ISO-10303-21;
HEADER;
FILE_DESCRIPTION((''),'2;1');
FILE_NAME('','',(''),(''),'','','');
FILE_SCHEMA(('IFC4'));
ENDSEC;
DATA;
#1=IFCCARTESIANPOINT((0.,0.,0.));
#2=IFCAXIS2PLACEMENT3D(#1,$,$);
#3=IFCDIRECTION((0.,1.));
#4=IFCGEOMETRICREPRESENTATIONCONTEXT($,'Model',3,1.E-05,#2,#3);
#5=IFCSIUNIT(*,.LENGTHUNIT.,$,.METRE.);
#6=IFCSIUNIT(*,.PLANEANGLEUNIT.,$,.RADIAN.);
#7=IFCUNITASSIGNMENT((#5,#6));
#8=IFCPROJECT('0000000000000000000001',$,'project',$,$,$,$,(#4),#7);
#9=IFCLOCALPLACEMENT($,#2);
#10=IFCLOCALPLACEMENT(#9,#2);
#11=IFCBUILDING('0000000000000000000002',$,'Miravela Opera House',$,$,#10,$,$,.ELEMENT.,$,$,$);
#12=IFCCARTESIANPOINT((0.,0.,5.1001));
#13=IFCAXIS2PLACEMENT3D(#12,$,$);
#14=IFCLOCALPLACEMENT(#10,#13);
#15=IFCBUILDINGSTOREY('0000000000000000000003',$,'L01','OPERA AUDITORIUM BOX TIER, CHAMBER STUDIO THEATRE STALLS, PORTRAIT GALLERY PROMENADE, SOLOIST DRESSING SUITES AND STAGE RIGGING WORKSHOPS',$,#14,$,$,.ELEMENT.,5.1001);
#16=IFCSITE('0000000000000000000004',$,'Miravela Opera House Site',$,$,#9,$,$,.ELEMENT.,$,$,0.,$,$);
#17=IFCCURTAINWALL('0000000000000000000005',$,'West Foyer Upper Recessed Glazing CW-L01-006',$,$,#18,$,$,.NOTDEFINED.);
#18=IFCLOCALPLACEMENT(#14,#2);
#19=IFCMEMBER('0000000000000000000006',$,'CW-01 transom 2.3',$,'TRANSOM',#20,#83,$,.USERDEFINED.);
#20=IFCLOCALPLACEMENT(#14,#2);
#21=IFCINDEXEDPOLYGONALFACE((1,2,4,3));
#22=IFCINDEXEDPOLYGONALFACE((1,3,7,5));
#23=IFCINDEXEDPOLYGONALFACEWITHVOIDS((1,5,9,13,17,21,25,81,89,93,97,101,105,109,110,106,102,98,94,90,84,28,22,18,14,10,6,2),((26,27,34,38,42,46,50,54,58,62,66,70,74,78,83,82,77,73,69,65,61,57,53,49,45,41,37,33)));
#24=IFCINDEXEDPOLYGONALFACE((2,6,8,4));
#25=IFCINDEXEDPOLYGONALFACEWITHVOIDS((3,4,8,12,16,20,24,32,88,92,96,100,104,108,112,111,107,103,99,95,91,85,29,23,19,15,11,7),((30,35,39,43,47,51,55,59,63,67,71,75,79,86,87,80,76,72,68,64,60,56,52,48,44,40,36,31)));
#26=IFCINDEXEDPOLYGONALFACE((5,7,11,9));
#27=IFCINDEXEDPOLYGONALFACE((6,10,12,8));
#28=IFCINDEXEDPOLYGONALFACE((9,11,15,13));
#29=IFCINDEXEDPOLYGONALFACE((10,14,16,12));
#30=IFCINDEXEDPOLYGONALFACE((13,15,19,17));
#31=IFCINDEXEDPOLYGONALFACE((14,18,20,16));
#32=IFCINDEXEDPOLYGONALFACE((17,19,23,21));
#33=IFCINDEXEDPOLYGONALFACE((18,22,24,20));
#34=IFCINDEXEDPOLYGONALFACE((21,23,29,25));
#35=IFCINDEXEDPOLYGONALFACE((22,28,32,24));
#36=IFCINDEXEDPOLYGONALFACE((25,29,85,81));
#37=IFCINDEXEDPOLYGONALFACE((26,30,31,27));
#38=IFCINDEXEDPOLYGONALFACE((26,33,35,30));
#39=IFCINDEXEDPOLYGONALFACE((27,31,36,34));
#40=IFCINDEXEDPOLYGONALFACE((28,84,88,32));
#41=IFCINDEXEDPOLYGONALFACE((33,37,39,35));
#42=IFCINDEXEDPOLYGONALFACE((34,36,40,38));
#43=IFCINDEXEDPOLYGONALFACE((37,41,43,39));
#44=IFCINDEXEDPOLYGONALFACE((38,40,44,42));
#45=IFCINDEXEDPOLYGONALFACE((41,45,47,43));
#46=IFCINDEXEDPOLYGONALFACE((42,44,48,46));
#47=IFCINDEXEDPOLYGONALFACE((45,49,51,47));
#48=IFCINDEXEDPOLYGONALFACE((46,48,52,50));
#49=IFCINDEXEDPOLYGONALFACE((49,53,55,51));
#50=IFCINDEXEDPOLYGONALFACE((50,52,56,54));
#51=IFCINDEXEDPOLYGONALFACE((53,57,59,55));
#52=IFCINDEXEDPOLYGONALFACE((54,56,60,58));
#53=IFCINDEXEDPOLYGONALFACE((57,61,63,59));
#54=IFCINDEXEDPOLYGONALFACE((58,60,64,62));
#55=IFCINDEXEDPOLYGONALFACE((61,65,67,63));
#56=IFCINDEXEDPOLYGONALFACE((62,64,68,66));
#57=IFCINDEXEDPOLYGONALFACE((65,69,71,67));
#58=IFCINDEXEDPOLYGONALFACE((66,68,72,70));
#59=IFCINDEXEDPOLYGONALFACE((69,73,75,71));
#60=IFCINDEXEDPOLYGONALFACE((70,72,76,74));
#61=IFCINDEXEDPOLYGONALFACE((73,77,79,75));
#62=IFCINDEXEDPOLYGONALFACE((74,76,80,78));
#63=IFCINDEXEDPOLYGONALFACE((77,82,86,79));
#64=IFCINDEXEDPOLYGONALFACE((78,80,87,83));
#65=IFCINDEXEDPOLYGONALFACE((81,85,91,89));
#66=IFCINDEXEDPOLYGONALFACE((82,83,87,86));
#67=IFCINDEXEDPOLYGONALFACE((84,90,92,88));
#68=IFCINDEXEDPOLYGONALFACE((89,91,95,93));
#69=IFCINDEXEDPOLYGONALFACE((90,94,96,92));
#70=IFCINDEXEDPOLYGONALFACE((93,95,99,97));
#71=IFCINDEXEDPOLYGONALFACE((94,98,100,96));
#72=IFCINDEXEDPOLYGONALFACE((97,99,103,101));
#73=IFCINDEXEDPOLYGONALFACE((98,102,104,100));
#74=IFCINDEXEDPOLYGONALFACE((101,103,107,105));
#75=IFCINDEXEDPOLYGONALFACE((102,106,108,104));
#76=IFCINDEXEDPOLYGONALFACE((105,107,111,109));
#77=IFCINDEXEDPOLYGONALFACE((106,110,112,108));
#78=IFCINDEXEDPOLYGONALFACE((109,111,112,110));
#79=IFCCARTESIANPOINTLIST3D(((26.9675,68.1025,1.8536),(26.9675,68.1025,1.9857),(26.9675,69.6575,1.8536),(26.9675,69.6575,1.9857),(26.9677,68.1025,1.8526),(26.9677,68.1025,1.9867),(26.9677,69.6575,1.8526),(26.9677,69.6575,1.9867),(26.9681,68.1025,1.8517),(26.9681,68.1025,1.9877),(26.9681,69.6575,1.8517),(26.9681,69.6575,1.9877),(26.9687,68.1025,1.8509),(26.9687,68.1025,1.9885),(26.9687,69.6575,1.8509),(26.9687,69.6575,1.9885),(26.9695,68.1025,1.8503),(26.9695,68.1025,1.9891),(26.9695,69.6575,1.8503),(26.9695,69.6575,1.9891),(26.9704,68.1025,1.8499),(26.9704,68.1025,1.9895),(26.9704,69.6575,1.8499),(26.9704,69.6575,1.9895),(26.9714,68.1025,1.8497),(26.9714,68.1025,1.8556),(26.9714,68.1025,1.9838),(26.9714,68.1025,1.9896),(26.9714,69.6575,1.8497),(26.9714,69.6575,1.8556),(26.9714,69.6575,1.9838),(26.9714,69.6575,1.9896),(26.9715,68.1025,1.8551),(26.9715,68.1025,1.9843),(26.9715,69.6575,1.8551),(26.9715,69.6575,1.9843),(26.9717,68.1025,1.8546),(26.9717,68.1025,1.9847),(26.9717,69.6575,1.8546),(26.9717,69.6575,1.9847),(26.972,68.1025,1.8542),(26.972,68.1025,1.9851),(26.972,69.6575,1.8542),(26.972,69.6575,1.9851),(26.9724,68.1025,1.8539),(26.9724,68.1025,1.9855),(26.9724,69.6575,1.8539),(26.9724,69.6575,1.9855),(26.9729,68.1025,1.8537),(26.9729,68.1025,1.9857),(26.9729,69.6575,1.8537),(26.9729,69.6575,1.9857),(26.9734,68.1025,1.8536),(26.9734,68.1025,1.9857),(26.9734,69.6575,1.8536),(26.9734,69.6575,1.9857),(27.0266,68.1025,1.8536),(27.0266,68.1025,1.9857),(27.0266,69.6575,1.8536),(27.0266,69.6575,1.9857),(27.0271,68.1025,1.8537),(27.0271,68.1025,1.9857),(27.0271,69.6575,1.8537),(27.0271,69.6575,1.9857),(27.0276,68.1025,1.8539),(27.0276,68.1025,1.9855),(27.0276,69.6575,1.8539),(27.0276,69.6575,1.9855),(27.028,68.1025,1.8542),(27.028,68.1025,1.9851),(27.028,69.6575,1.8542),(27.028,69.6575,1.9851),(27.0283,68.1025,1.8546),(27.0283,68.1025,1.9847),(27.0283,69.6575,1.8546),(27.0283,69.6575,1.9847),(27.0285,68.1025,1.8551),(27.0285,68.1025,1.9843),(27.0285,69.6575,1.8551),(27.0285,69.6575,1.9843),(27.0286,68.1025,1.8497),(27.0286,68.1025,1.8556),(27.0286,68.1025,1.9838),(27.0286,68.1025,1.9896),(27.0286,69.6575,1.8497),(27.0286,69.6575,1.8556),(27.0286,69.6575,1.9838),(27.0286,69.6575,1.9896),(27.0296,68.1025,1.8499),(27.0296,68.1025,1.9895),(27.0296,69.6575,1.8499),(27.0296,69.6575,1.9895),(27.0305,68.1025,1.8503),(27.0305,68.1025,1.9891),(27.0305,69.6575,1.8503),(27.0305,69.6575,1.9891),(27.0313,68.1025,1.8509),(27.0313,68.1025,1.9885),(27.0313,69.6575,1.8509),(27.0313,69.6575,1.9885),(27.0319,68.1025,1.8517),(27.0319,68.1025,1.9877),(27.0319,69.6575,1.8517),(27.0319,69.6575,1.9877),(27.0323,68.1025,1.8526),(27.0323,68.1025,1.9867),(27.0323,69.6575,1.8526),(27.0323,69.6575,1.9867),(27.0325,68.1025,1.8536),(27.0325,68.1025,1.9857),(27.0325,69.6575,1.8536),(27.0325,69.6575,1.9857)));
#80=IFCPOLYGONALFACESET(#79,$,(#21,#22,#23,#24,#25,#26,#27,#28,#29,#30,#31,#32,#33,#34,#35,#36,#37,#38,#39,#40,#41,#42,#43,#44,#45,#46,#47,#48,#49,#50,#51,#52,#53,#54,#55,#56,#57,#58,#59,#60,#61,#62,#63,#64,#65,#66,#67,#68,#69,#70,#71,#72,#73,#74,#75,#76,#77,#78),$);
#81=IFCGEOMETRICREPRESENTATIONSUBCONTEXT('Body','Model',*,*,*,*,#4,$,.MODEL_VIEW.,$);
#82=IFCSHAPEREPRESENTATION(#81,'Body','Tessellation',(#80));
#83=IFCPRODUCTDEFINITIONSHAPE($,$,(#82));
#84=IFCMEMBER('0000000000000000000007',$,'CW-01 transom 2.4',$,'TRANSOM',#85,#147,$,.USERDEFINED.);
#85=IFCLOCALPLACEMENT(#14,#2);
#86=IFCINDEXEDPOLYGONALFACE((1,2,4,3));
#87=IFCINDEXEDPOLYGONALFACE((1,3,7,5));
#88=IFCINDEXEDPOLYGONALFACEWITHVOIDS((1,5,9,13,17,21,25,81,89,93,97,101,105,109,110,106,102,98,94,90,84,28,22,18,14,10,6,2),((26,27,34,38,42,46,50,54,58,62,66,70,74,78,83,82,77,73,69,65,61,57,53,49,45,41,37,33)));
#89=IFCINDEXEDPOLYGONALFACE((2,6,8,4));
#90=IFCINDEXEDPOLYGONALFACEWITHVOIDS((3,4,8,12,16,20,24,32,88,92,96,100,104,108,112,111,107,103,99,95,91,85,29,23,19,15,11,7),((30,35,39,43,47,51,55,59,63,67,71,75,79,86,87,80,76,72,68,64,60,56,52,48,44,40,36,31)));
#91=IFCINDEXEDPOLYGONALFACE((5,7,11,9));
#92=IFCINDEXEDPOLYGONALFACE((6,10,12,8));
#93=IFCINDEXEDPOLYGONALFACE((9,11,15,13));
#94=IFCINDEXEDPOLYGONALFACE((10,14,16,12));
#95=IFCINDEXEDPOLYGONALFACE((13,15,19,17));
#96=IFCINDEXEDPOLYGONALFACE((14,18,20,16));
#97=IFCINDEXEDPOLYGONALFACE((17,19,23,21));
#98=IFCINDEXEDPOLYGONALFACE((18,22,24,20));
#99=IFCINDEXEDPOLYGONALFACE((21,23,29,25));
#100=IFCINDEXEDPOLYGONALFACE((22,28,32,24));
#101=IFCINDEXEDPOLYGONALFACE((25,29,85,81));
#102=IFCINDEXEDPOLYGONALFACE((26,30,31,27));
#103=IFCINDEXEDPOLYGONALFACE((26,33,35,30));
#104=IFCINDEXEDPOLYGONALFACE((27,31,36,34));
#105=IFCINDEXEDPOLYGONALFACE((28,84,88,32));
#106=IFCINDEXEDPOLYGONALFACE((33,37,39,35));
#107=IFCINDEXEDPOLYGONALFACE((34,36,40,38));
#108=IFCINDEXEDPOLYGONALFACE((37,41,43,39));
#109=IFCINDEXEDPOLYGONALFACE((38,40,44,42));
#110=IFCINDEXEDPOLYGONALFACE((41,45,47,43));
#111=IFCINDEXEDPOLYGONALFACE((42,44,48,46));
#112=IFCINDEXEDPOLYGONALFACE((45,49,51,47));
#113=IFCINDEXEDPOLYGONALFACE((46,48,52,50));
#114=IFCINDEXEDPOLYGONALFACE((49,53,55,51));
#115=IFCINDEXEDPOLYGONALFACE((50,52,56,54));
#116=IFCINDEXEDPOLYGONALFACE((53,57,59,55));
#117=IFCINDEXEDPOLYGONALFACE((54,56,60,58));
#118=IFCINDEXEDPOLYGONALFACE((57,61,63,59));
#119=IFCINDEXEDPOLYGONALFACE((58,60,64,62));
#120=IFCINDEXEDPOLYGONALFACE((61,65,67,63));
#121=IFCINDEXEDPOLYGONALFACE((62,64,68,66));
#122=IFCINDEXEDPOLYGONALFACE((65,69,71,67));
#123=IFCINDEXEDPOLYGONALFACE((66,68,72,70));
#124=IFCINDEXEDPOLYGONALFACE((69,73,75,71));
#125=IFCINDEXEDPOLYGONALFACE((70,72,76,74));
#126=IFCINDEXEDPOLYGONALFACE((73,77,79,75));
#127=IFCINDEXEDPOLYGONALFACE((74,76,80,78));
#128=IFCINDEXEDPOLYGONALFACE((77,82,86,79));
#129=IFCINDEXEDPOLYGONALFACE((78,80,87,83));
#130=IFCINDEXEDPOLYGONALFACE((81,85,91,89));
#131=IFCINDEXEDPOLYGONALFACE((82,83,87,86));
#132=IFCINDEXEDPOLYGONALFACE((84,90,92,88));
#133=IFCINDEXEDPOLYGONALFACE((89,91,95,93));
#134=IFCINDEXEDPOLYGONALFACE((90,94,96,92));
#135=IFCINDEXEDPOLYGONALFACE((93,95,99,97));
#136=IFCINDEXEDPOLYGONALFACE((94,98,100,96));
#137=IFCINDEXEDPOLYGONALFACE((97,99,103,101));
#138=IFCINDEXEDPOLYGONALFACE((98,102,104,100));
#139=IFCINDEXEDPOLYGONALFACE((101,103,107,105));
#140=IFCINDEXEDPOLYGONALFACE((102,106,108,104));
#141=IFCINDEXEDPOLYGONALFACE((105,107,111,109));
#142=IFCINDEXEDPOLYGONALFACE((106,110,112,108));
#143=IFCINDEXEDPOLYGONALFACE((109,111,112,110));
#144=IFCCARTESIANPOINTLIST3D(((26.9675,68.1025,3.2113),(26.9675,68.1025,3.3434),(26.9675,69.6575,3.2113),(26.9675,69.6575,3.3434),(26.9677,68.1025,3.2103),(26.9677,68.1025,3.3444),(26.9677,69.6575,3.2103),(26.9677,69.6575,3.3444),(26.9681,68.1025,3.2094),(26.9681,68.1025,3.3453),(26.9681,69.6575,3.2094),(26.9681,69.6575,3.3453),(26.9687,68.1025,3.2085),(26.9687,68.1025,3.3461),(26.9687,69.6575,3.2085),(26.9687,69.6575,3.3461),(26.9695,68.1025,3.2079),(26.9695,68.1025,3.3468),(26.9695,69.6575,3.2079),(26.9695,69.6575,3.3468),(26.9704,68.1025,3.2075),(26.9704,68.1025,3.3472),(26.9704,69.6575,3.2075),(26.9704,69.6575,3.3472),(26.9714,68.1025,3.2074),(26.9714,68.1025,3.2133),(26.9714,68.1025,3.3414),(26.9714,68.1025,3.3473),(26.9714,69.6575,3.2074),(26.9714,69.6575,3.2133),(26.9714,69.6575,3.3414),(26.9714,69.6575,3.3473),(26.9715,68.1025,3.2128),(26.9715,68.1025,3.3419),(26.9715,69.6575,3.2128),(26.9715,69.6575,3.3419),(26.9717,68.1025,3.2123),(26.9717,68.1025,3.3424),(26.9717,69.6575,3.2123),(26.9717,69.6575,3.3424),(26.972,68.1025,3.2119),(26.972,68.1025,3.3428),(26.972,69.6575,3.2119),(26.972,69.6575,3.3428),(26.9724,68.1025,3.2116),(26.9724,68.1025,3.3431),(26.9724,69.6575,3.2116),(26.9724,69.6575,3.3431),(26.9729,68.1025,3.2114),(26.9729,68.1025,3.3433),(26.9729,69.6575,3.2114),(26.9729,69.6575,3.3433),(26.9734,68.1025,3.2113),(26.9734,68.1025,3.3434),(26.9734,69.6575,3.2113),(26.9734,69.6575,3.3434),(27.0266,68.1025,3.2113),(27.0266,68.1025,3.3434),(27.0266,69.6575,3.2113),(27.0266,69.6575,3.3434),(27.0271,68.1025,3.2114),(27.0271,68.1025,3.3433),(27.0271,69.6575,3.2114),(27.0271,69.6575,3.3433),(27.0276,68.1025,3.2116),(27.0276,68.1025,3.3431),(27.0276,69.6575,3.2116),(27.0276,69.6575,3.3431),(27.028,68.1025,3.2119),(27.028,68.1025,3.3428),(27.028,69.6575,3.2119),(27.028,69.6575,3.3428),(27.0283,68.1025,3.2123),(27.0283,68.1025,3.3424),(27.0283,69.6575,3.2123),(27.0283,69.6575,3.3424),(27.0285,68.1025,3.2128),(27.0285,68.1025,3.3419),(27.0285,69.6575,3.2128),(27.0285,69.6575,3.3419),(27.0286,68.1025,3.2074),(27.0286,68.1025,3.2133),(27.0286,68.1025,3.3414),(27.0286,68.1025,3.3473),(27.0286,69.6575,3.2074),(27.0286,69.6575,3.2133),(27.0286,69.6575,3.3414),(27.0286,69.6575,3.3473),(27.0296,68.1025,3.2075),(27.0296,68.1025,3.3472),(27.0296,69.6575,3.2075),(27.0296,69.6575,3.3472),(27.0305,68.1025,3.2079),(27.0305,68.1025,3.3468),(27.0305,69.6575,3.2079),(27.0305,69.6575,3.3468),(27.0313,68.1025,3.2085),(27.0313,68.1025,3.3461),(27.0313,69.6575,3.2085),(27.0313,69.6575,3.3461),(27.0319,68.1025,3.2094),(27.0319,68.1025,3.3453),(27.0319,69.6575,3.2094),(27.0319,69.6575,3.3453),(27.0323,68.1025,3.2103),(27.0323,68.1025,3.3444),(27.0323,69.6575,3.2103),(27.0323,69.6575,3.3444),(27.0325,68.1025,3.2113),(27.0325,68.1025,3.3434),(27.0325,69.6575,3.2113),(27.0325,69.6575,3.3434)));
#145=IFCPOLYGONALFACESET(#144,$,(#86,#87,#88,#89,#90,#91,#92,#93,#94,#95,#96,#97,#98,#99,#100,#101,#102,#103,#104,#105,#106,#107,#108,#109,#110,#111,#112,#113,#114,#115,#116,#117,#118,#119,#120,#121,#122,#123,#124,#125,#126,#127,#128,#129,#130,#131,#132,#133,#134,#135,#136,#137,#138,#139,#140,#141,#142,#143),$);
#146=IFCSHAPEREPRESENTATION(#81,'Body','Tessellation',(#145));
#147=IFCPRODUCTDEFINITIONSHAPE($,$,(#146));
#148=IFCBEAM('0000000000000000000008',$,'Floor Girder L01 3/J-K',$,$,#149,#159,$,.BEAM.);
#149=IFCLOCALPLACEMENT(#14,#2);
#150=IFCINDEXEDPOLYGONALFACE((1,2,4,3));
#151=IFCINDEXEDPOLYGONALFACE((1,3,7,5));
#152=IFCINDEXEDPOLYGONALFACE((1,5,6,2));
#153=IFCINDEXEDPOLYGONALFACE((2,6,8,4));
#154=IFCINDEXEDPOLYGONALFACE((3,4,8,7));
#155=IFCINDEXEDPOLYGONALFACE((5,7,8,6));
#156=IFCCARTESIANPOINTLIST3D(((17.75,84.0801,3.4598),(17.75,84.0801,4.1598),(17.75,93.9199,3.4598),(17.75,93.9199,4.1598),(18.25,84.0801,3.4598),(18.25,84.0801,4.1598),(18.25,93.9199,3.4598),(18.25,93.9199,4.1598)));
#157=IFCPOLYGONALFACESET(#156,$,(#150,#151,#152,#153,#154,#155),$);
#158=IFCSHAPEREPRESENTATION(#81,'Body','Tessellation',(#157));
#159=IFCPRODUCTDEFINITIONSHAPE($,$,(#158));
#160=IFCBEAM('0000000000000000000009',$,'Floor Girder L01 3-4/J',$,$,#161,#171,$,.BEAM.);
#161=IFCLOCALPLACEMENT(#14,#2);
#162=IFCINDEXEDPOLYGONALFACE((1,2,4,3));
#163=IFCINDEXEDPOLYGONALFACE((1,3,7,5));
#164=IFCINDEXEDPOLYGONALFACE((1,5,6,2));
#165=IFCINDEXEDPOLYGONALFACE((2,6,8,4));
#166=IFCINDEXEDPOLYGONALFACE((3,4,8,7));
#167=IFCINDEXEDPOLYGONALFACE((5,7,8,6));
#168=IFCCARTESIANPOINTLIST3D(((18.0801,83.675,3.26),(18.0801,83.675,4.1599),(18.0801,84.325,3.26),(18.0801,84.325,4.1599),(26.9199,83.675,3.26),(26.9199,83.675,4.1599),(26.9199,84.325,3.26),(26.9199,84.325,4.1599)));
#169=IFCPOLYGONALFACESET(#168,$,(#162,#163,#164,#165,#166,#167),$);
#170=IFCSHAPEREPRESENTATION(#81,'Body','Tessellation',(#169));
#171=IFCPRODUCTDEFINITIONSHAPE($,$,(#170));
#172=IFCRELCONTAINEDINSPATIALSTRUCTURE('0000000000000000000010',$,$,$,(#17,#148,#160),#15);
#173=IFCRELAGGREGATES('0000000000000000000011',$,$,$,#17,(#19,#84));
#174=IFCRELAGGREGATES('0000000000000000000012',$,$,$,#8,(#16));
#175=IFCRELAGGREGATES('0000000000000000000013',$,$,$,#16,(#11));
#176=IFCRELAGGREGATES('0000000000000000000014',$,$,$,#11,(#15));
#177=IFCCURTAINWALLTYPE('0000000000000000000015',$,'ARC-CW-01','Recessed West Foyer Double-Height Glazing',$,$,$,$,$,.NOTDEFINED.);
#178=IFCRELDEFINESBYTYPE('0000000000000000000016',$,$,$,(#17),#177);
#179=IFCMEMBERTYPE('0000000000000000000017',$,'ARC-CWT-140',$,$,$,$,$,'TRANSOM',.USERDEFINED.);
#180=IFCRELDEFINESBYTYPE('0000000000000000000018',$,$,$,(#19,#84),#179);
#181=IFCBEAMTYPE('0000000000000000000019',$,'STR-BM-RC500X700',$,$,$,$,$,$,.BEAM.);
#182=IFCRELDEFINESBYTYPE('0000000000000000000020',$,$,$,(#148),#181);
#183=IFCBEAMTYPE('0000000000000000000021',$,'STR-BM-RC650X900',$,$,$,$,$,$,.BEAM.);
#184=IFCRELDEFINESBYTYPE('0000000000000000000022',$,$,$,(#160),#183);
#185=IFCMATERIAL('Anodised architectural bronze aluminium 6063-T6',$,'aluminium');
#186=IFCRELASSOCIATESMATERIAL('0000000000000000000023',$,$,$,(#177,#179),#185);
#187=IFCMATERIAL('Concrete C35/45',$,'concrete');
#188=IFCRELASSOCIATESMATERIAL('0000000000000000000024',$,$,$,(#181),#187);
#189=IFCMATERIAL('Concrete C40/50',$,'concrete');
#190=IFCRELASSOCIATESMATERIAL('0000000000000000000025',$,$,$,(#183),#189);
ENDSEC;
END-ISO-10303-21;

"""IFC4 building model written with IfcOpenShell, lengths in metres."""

from ifc_helpers import new_model, si_unit, direction, frame, origin, origin_2d, place, context, subcontext, project, spatial, rectangle, hollow_rectangle, extrude, material, material_profile, profile_set, type_object, element, aggregate, save


model = new_model("IFC4")

# Units and contexts
model_context = context("Model", 3, precision=1e-05, world=origin(), true_north=direction((0.0, 1.0)))
body_context = subcontext(model_context, "Body", "Model", "MODEL_VIEW")
ifc_project = project(units=[si_unit("LENGTHUNIT", "METRE"), si_unit("PLANEANGLEUNIT", "RADIAN")], contexts=[model_context])

# Site, building, storey
site_placement = place(None, origin())
site = spatial("IfcSite", under=ifc_project, at=site_placement, Name="Miravela Opera House Site", CompositionType="ELEMENT", RefElevation=0.0)
building_placement = place(site_placement, origin())
building = spatial("IfcBuilding", under=site, at=building_placement, Name="Miravela Opera House", CompositionType="ELEMENT")
storey_placement = place(building_placement, frame((0.0, 0.0, 5.1001)))
storey = spatial("IfcBuildingStorey", under=building, at=storey_placement, Name="L01", Description="OPERA AUDITORIUM BOX TIER, CHAMBER STUDIO THEATRE STALLS, PORTRAIT GALLERY PROMENADE, SOLOIST DRESSING SUITES AND STAGE RIGGING WORKSHOPS", CompositionType="ELEMENT", Elevation=5.1001)

# Shared definitions
ifc_material_1 = material(Name="Concrete C35/45", Category="concrete")
ifc_material_2 = material(Name="Concrete C40/50", Category="concrete")

# Curtain wall, members
ifc_material_3 = material(Name="Anodised architectural bronze aluminium 6063-T6", Category="aluminium")
curtain_wall_type = type_object("IfcCurtainWallType", Name="ARC-CW-01", Description="Recessed West Foyer Double-Height Glazing", PredefinedType="NOTDEFINED", material=ifc_material_3)
curtain_wall_placement = place(storey_placement, origin())
curtain_wall = element("IfcCurtainWall", 1, at=curtain_wall_placement, inside=storey, type_object=curtain_wall_type, Name="West Foyer Upper Recessed Glazing CW-L01-006", PredefinedType="NOTDEFINED")
ifc_material_profile_1 = material_profile(ifc_material_3, hollow_rectangle(XDim=0.0649, YDim=0.1399, WallThickness=0.0039, InnerFilletRadius=0.002, OuterFilletRadius=0.0039, at=origin_2d()), Name="CWT-65X140")
ifc_profile_set_1 = profile_set([ifc_material_profile_1])
member_type_1 = type_object("IfcMemberType", Name="ARC-CWT-140", ElementType="TRANSOM", PredefinedType="USERDEFINED", material=ifc_profile_set_1)
member_1_placement = place(storey_placement, frame((27.0, 68.1025, 1.9197), z_axis=(0.0, 1.0, 0.0), x_axis=(-1.0, 0.0, 0.0)))
member_1 = element("IfcMember", 2, at=member_1_placement, type_object=member_type_1, Name="CW-01 transom 2.3", ObjectType="TRANSOM", PredefinedType="USERDEFINED", context=body_context, shape_type="SweptSolid", body=[
    extrude(hollow_rectangle(XDim=0.0649, YDim=0.1399, WallThickness=0.0039, InnerFilletRadius=0.002, OuterFilletRadius=0.0039, at=origin_2d()), origin(), (0.0, 0.0, 1.0), 1.5549),
])
member_2_placement = place(storey_placement, frame((27.0, 68.1025, 3.2773), z_axis=(0.0, 1.0, 0.0), x_axis=(-1.0, 0.0, 0.0)))
member_2 = element("IfcMember", 3, at=member_2_placement, type_object=member_type_1, Name="CW-01 transom 2.4", ObjectType="TRANSOM", PredefinedType="USERDEFINED", context=body_context, shape_type="SweptSolid", body=[
    extrude(hollow_rectangle(XDim=0.0649, YDim=0.1399, WallThickness=0.0039, InnerFilletRadius=0.002, OuterFilletRadius=0.0039, at=origin_2d()), origin(), (0.0, 0.0, 1.0), 1.5549),
])

# Beams
ifc_material_profile_2 = material_profile(ifc_material_1, rectangle(XDim=0.5, YDim=0.7, at=origin_2d()), Name="RC-BM-500X700")
ifc_profile_set_2 = profile_set([ifc_material_profile_2])
beam_type_1 = type_object("IfcBeamType", Name="STR-BM-RC500X700", PredefinedType="BEAM", material=ifc_profile_set_2)
beam_1_placement = place(storey_placement, frame((18.0, 84.0801, 3.8098), z_axis=(0.0, 1.0, 0.0), x_axis=(-1.0, 0.0, 0.0)))
element("IfcBeam", 4, at=beam_1_placement, inside=storey, type_object=beam_type_1, Name="Floor Girder L01 3/J-K", PredefinedType="BEAM", context=body_context, shape_type="SweptSolid", body=[
    extrude(rectangle(XDim=0.5, YDim=0.7, at=origin_2d()), origin(), (0.0, 0.0, 1.0), 9.8398),
])
ifc_material_profile_3 = material_profile(ifc_material_2, rectangle(XDim=0.6499, YDim=0.8999, at=origin_2d()), Name="RC-BM-650X900")
ifc_profile_set_3 = profile_set([ifc_material_profile_3])
beam_type_2 = type_object("IfcBeamType", Name="STR-BM-RC650X900", PredefinedType="BEAM", material=ifc_profile_set_3)
beam_2_placement = place(storey_placement, frame((18.0801, 84.0, 3.71), z_axis=(1.0, 0.0, 0.0), x_axis=(0.0, 1.0, 0.0)))
element("IfcBeam", 5, at=beam_2_placement, inside=storey, type_object=beam_type_2, Name="Floor Girder L01 3-4/J", PredefinedType="BEAM", context=body_context, shape_type="SweptSolid", body=[
    extrude(rectangle(XDim=0.6499, YDim=0.8999, at=origin_2d()), origin(), (0.0, 0.0, 1.0), 8.8398),
])

aggregate(curtain_wall, [member_1, member_2])

save(model, "model.ifc")
